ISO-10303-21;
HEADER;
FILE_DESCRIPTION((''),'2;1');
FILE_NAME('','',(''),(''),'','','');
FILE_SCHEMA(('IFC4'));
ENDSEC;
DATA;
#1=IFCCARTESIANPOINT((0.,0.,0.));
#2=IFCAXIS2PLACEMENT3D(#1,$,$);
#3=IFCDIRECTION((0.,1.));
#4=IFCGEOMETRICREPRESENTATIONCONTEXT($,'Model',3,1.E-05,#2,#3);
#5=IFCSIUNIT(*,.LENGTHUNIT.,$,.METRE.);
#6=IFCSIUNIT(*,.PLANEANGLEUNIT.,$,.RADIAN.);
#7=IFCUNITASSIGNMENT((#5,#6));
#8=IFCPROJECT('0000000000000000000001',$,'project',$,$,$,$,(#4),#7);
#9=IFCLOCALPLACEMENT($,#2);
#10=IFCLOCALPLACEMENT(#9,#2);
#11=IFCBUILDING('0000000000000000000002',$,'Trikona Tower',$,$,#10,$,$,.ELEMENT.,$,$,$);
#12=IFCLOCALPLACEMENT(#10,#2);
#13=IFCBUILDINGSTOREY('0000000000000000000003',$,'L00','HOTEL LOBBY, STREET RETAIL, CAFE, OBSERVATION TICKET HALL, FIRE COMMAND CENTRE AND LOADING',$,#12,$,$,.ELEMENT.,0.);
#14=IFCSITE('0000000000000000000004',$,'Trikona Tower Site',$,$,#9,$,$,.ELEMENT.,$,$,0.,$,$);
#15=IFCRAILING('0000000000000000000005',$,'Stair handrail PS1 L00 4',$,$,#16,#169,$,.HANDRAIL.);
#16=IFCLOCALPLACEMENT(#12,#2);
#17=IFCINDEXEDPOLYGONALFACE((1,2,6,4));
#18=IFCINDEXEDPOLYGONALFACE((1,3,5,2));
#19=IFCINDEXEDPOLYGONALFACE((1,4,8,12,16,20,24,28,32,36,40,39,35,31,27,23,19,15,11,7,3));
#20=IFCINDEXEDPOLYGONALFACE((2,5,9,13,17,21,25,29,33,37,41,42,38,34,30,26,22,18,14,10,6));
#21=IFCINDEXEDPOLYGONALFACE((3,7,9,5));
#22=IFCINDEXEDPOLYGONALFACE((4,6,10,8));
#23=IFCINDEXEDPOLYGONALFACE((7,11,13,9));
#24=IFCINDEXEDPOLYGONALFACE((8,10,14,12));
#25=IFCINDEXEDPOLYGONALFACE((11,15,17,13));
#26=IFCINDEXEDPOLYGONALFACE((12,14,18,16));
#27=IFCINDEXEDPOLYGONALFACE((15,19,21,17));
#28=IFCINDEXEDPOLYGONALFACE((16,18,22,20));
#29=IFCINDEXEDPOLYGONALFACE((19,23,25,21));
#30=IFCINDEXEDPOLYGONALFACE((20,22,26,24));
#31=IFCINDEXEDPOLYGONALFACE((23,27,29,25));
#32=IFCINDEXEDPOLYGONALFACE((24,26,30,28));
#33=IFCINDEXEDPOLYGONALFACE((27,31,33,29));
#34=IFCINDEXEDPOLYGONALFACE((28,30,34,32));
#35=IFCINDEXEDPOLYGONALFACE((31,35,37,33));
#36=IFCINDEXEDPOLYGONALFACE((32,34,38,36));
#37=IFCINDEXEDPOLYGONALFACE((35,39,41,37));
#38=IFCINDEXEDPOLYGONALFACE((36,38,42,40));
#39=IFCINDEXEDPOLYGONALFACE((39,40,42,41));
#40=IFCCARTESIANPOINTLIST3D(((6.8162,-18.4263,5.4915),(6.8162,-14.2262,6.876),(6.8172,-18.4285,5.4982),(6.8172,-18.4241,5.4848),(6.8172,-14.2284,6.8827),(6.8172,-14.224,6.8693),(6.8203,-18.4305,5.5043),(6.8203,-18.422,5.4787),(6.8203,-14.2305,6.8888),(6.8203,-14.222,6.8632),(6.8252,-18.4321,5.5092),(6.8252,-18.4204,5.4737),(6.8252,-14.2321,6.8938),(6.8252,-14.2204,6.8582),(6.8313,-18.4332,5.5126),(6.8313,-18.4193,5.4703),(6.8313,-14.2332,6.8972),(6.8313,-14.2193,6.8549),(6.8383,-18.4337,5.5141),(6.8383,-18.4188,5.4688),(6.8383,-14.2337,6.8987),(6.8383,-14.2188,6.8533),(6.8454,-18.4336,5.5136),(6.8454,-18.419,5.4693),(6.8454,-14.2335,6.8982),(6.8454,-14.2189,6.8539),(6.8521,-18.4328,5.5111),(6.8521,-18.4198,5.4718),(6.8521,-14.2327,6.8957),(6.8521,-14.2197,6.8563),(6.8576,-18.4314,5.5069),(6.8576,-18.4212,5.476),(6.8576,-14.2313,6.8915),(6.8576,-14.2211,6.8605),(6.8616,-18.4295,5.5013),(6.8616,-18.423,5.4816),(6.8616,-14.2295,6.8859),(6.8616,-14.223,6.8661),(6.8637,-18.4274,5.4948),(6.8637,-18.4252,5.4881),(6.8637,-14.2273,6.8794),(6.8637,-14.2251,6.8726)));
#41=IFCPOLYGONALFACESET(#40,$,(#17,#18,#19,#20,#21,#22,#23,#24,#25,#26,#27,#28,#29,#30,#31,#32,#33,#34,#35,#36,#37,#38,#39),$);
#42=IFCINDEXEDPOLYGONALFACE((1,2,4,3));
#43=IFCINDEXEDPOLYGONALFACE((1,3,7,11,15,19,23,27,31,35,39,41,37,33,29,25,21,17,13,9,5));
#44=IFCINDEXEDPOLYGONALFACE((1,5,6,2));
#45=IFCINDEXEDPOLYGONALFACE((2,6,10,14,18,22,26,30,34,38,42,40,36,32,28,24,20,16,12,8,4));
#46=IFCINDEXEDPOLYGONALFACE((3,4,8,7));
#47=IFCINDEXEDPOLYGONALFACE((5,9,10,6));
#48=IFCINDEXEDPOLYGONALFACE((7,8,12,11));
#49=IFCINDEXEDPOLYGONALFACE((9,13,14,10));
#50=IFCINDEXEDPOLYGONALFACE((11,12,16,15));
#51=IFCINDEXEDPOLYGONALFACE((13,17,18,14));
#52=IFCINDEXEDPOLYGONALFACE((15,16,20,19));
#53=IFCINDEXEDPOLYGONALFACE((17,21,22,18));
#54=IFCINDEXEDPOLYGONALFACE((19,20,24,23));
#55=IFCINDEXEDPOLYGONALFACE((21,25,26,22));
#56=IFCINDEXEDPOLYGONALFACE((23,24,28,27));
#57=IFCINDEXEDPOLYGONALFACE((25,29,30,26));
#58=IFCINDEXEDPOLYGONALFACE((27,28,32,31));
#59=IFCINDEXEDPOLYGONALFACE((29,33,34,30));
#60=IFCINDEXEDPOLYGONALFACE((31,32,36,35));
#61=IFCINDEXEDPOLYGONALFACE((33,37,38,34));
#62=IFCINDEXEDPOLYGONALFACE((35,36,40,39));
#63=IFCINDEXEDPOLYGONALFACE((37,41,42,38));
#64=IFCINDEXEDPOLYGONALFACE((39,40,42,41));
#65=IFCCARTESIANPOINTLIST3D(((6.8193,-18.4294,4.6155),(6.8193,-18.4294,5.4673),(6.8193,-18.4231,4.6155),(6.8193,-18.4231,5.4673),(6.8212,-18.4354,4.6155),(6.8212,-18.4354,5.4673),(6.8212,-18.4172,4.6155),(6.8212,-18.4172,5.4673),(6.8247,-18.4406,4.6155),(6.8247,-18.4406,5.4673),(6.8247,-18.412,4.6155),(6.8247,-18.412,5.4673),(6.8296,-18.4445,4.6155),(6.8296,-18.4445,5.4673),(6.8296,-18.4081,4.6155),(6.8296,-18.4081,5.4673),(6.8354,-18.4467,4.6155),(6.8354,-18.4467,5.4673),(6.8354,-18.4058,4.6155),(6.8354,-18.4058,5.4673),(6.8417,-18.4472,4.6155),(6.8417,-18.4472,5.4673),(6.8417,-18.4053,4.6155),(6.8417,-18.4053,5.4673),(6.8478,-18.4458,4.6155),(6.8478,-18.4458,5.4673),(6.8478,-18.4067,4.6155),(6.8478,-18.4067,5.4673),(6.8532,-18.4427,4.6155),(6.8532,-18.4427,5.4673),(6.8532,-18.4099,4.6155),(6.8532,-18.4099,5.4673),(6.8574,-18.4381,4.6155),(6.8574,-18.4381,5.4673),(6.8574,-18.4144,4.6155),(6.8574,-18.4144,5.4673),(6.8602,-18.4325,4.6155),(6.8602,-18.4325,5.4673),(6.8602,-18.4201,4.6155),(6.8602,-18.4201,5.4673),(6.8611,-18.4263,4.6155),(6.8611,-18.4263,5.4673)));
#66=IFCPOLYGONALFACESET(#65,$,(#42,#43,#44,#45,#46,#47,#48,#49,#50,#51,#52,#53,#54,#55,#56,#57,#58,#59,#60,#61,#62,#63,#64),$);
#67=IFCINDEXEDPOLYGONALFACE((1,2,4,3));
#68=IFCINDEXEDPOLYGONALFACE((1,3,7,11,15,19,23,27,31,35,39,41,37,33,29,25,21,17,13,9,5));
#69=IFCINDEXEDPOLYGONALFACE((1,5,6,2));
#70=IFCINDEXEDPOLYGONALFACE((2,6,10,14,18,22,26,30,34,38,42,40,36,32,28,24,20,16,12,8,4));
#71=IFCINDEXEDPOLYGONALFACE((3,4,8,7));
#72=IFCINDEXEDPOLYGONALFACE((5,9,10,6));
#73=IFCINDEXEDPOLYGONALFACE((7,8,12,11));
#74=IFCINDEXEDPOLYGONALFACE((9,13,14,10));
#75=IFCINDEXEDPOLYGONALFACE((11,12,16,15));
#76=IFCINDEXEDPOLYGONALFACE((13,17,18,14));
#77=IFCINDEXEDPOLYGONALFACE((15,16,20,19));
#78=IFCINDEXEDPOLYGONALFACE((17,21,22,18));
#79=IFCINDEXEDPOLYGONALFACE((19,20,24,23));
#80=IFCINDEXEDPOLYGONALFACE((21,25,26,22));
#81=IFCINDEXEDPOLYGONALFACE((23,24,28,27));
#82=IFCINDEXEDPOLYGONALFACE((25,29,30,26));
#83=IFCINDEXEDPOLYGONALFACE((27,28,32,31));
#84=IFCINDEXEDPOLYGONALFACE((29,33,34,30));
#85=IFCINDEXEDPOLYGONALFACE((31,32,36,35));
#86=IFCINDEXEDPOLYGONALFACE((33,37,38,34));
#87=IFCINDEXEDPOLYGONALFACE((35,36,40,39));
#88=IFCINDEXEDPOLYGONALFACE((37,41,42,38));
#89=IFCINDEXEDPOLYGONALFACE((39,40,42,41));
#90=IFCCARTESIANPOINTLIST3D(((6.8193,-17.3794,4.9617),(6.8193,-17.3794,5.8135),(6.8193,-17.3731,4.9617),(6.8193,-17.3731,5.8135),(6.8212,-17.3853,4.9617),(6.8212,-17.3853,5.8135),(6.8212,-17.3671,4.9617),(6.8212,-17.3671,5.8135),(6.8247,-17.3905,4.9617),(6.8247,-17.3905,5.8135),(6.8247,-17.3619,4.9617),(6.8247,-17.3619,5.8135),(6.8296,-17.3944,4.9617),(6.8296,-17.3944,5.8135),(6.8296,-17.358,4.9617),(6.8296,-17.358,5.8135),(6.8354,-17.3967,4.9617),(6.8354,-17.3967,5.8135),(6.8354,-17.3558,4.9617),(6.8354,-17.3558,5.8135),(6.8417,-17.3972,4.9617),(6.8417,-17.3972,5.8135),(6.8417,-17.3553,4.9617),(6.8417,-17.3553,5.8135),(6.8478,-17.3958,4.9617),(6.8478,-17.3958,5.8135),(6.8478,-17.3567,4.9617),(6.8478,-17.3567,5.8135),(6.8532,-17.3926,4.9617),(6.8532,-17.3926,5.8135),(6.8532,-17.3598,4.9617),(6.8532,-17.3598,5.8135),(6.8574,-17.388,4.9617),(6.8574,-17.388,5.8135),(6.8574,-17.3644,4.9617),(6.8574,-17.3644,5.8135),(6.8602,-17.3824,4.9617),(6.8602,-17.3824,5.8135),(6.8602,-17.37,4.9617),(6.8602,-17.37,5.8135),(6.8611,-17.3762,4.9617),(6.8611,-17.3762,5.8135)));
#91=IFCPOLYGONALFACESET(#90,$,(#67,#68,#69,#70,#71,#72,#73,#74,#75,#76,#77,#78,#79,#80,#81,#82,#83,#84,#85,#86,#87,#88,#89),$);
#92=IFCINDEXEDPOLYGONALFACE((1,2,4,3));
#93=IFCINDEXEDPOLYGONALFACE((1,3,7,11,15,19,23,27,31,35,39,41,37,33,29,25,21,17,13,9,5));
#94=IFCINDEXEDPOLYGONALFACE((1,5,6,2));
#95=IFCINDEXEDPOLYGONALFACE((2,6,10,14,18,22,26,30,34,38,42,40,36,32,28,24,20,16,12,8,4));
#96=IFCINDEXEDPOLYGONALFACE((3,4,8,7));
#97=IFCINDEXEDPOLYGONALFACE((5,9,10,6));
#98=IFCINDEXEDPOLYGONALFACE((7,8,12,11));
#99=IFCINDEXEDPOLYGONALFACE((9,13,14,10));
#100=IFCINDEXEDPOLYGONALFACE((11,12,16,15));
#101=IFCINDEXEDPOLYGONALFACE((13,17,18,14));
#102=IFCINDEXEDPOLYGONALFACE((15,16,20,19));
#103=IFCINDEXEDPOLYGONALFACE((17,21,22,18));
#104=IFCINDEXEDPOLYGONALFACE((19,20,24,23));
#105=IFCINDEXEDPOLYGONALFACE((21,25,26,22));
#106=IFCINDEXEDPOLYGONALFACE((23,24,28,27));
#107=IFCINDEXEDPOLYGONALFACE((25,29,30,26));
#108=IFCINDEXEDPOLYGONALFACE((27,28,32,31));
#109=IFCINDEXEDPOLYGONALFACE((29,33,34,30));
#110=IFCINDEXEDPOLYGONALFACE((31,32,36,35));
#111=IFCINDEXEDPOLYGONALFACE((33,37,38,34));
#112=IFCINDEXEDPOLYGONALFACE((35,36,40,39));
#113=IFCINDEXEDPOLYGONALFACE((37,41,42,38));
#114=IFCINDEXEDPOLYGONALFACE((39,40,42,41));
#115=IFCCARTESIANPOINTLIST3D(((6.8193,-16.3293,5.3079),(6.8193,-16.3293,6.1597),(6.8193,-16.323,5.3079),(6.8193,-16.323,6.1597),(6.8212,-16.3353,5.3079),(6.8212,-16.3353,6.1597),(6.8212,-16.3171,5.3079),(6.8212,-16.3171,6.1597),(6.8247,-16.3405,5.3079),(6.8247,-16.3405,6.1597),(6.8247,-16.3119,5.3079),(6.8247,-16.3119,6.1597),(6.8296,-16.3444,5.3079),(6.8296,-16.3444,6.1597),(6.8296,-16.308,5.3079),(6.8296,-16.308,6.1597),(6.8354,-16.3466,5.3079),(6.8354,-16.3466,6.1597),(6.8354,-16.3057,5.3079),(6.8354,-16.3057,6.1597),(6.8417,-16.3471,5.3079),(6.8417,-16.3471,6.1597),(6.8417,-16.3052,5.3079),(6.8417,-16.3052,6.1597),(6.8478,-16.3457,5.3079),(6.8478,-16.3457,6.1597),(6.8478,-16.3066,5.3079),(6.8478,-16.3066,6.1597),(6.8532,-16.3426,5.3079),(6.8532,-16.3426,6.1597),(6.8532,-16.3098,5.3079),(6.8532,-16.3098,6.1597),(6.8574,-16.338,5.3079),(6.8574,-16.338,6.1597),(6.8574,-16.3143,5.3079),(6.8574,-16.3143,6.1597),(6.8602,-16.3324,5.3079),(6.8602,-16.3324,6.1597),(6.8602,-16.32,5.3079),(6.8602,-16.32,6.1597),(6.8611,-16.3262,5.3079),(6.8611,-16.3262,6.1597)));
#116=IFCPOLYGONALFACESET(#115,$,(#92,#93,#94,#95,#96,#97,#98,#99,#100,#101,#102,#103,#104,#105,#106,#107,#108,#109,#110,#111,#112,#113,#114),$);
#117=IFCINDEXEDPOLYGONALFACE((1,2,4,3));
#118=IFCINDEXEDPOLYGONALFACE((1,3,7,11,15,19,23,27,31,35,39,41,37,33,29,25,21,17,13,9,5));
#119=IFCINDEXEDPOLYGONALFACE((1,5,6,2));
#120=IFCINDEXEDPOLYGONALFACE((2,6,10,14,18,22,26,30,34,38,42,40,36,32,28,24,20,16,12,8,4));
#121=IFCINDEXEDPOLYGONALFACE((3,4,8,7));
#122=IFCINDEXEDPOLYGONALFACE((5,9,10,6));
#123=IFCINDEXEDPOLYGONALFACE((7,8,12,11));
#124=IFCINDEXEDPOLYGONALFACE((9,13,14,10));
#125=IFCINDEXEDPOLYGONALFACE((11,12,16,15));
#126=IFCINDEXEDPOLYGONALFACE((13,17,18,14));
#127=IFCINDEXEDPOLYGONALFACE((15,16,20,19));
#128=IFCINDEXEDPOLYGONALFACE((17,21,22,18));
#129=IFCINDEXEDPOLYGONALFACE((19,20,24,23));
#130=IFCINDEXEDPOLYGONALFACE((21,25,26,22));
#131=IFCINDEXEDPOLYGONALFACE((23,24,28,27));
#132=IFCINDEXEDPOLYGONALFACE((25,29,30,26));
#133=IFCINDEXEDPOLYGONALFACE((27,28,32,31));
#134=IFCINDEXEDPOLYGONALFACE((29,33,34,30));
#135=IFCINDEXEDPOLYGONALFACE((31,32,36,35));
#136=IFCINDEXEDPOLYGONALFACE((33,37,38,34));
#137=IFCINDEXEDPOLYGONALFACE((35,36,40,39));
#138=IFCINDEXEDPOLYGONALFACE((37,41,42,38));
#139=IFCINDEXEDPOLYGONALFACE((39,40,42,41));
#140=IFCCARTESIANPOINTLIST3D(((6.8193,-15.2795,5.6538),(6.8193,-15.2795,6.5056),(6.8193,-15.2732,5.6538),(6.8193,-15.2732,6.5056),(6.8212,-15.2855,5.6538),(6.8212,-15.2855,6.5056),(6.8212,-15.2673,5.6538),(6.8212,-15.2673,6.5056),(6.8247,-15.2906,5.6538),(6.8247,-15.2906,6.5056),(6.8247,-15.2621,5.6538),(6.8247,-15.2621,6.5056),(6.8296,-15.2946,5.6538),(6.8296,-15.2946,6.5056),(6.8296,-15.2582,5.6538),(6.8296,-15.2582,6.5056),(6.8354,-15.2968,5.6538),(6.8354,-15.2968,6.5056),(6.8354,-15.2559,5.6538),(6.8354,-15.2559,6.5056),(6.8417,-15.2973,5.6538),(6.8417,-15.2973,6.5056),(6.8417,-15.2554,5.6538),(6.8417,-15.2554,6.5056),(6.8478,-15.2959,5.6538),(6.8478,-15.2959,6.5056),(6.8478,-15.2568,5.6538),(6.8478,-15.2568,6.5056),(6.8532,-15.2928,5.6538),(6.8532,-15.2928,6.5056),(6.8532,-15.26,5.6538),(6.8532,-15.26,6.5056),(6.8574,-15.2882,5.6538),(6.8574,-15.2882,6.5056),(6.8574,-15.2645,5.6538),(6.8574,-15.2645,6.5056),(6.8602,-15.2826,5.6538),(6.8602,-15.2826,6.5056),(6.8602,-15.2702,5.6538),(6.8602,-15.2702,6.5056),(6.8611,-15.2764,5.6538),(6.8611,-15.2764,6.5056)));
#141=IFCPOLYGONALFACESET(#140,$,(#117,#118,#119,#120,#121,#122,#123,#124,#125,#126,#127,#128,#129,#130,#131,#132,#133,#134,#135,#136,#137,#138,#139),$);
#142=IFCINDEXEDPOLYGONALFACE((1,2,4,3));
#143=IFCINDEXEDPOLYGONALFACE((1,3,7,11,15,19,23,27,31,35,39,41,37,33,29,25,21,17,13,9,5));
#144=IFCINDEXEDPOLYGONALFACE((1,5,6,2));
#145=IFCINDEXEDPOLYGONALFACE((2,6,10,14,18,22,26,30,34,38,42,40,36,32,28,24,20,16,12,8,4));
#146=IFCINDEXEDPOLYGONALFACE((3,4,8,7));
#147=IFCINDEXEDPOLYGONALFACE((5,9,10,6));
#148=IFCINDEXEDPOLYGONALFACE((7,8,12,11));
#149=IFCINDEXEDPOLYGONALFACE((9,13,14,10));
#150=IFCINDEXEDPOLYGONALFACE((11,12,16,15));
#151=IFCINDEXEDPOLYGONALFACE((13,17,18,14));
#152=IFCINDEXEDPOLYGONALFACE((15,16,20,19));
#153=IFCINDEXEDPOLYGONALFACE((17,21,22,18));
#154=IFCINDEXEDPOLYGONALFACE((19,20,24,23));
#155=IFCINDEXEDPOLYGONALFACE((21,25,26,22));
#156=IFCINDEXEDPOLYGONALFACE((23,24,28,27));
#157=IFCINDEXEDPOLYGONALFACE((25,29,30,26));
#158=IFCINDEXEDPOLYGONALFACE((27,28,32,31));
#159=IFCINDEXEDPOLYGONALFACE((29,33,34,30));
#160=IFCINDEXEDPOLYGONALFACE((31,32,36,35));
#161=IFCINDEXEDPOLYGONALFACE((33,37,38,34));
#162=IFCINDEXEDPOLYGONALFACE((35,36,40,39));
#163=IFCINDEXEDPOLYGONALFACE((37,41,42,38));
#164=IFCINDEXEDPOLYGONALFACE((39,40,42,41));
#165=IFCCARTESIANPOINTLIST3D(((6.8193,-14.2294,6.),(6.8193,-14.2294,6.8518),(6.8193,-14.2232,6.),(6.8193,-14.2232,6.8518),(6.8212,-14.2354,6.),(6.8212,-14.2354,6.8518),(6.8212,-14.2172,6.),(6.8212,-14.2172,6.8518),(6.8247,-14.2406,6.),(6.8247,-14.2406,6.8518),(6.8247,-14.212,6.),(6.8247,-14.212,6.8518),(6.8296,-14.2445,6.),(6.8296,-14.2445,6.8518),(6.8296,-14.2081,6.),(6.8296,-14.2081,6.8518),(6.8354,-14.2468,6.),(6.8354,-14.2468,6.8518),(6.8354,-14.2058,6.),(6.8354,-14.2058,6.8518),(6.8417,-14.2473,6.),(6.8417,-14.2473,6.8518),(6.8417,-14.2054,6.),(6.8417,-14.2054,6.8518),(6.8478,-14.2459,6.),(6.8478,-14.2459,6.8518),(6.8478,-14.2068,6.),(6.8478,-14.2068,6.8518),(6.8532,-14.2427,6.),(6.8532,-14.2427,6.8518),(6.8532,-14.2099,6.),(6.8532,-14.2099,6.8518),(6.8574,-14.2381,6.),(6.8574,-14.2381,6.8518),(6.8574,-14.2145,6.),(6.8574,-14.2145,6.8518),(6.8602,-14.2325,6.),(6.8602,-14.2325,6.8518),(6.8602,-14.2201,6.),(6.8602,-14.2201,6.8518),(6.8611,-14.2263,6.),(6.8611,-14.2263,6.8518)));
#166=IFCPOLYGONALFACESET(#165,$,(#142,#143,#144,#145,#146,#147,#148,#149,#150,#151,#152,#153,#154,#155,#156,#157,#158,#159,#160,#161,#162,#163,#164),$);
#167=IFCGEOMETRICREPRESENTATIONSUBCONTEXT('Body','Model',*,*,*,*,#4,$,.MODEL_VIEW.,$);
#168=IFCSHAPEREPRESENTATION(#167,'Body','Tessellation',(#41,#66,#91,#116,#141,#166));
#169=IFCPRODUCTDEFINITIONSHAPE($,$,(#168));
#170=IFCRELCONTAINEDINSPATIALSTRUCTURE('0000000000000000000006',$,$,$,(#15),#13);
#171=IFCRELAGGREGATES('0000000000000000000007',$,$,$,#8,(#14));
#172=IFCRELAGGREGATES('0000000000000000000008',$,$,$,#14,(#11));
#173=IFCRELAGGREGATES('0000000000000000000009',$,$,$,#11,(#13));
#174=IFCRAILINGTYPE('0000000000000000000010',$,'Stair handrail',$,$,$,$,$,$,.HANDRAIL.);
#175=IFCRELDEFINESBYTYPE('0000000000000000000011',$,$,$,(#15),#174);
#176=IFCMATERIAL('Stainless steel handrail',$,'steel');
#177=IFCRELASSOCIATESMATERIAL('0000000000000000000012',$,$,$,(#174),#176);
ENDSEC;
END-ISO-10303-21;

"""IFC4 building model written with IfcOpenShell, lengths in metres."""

from ifc_helpers import new_model, si_unit, direction, frame, origin, origin_2d, place, context, subcontext, project, spatial, circle, extrude, material, type_object, element, save


model = new_model("IFC4")

# Units and contexts
model_context = context("Model", 3, precision=1e-05, world=origin(), true_north=direction((0.0, 1.0)))
body_context = subcontext(model_context, "Body", "Model", "MODEL_VIEW")
ifc_project = project(units=[si_unit("LENGTHUNIT", "METRE"), si_unit("PLANEANGLEUNIT", "RADIAN")], contexts=[model_context])

# Site, building, storey
site_placement = place(None, origin())
site = spatial("IfcSite", under=ifc_project, at=site_placement, Name="Trikona Tower Site", CompositionType="ELEMENT", RefElevation=0.0)
building_placement = place(site_placement, origin())
building = spatial("IfcBuilding", under=site, at=building_placement, Name="Trikona Tower", CompositionType="ELEMENT")
storey_placement = place(building_placement, origin())
storey = spatial("IfcBuildingStorey", under=building, at=storey_placement, Name="L00", Description="HOTEL LOBBY, STREET RETAIL, CAFE, OBSERVATION TICKET HALL, FIRE COMMAND CENTRE AND LOADING", CompositionType="ELEMENT", Elevation=0.0)

# Railing
ifc_material_1 = material(Name="Stainless steel handrail", Category="steel")
railing_type = type_object("IfcRailingType", Name="Stair handrail", PredefinedType="HANDRAIL", material=ifc_material_1)
for number, where, name in (
    (1, (6.8401, -18.4263, 4.6155), "Stair handrail PS1 L00 4"),
):
    element("IfcRailing", number, at=place(storey_placement, frame(where)), inside=storey, type_object=railing_type, Name=name, PredefinedType="HANDRAIL", context=body_context, shape_type="SweptSolid", body=[
        extrude(circle(Radius=0.0239, at=origin_2d()), frame((0.0, 0.0, 0.876), z_axis=(0.0, 0.949727, 0.313079), x_axis=(-1.0, 0.0, 0.0)), (0.0, 0.0, 1.0), 4.4224),
        extrude(circle(Radius=0.021, at=origin_2d()), origin(), (0.0, 0.0, 1.0), 0.8518),
        extrude(circle(Radius=0.021, at=origin_2d()), frame((0.0, 1.05, 0.3462)), (0.0, 0.0, 1.0), 0.8518),
        extrude(circle(Radius=0.021, at=origin_2d()), frame((0.0, 2.1001, 0.6924)), (0.0, 0.0, 1.0), 0.8518),
        extrude(circle(Radius=0.021, at=origin_2d()), frame((0.0, 3.1499, 1.0383)), (0.0, 0.0, 1.0), 0.8518),
        extrude(circle(Radius=0.021, at=origin_2d()), frame((0.0, 4.2, 1.3845)), (0.0, 0.0, 1.0), 0.8518),
    ])

save(model, "model.ifc")
